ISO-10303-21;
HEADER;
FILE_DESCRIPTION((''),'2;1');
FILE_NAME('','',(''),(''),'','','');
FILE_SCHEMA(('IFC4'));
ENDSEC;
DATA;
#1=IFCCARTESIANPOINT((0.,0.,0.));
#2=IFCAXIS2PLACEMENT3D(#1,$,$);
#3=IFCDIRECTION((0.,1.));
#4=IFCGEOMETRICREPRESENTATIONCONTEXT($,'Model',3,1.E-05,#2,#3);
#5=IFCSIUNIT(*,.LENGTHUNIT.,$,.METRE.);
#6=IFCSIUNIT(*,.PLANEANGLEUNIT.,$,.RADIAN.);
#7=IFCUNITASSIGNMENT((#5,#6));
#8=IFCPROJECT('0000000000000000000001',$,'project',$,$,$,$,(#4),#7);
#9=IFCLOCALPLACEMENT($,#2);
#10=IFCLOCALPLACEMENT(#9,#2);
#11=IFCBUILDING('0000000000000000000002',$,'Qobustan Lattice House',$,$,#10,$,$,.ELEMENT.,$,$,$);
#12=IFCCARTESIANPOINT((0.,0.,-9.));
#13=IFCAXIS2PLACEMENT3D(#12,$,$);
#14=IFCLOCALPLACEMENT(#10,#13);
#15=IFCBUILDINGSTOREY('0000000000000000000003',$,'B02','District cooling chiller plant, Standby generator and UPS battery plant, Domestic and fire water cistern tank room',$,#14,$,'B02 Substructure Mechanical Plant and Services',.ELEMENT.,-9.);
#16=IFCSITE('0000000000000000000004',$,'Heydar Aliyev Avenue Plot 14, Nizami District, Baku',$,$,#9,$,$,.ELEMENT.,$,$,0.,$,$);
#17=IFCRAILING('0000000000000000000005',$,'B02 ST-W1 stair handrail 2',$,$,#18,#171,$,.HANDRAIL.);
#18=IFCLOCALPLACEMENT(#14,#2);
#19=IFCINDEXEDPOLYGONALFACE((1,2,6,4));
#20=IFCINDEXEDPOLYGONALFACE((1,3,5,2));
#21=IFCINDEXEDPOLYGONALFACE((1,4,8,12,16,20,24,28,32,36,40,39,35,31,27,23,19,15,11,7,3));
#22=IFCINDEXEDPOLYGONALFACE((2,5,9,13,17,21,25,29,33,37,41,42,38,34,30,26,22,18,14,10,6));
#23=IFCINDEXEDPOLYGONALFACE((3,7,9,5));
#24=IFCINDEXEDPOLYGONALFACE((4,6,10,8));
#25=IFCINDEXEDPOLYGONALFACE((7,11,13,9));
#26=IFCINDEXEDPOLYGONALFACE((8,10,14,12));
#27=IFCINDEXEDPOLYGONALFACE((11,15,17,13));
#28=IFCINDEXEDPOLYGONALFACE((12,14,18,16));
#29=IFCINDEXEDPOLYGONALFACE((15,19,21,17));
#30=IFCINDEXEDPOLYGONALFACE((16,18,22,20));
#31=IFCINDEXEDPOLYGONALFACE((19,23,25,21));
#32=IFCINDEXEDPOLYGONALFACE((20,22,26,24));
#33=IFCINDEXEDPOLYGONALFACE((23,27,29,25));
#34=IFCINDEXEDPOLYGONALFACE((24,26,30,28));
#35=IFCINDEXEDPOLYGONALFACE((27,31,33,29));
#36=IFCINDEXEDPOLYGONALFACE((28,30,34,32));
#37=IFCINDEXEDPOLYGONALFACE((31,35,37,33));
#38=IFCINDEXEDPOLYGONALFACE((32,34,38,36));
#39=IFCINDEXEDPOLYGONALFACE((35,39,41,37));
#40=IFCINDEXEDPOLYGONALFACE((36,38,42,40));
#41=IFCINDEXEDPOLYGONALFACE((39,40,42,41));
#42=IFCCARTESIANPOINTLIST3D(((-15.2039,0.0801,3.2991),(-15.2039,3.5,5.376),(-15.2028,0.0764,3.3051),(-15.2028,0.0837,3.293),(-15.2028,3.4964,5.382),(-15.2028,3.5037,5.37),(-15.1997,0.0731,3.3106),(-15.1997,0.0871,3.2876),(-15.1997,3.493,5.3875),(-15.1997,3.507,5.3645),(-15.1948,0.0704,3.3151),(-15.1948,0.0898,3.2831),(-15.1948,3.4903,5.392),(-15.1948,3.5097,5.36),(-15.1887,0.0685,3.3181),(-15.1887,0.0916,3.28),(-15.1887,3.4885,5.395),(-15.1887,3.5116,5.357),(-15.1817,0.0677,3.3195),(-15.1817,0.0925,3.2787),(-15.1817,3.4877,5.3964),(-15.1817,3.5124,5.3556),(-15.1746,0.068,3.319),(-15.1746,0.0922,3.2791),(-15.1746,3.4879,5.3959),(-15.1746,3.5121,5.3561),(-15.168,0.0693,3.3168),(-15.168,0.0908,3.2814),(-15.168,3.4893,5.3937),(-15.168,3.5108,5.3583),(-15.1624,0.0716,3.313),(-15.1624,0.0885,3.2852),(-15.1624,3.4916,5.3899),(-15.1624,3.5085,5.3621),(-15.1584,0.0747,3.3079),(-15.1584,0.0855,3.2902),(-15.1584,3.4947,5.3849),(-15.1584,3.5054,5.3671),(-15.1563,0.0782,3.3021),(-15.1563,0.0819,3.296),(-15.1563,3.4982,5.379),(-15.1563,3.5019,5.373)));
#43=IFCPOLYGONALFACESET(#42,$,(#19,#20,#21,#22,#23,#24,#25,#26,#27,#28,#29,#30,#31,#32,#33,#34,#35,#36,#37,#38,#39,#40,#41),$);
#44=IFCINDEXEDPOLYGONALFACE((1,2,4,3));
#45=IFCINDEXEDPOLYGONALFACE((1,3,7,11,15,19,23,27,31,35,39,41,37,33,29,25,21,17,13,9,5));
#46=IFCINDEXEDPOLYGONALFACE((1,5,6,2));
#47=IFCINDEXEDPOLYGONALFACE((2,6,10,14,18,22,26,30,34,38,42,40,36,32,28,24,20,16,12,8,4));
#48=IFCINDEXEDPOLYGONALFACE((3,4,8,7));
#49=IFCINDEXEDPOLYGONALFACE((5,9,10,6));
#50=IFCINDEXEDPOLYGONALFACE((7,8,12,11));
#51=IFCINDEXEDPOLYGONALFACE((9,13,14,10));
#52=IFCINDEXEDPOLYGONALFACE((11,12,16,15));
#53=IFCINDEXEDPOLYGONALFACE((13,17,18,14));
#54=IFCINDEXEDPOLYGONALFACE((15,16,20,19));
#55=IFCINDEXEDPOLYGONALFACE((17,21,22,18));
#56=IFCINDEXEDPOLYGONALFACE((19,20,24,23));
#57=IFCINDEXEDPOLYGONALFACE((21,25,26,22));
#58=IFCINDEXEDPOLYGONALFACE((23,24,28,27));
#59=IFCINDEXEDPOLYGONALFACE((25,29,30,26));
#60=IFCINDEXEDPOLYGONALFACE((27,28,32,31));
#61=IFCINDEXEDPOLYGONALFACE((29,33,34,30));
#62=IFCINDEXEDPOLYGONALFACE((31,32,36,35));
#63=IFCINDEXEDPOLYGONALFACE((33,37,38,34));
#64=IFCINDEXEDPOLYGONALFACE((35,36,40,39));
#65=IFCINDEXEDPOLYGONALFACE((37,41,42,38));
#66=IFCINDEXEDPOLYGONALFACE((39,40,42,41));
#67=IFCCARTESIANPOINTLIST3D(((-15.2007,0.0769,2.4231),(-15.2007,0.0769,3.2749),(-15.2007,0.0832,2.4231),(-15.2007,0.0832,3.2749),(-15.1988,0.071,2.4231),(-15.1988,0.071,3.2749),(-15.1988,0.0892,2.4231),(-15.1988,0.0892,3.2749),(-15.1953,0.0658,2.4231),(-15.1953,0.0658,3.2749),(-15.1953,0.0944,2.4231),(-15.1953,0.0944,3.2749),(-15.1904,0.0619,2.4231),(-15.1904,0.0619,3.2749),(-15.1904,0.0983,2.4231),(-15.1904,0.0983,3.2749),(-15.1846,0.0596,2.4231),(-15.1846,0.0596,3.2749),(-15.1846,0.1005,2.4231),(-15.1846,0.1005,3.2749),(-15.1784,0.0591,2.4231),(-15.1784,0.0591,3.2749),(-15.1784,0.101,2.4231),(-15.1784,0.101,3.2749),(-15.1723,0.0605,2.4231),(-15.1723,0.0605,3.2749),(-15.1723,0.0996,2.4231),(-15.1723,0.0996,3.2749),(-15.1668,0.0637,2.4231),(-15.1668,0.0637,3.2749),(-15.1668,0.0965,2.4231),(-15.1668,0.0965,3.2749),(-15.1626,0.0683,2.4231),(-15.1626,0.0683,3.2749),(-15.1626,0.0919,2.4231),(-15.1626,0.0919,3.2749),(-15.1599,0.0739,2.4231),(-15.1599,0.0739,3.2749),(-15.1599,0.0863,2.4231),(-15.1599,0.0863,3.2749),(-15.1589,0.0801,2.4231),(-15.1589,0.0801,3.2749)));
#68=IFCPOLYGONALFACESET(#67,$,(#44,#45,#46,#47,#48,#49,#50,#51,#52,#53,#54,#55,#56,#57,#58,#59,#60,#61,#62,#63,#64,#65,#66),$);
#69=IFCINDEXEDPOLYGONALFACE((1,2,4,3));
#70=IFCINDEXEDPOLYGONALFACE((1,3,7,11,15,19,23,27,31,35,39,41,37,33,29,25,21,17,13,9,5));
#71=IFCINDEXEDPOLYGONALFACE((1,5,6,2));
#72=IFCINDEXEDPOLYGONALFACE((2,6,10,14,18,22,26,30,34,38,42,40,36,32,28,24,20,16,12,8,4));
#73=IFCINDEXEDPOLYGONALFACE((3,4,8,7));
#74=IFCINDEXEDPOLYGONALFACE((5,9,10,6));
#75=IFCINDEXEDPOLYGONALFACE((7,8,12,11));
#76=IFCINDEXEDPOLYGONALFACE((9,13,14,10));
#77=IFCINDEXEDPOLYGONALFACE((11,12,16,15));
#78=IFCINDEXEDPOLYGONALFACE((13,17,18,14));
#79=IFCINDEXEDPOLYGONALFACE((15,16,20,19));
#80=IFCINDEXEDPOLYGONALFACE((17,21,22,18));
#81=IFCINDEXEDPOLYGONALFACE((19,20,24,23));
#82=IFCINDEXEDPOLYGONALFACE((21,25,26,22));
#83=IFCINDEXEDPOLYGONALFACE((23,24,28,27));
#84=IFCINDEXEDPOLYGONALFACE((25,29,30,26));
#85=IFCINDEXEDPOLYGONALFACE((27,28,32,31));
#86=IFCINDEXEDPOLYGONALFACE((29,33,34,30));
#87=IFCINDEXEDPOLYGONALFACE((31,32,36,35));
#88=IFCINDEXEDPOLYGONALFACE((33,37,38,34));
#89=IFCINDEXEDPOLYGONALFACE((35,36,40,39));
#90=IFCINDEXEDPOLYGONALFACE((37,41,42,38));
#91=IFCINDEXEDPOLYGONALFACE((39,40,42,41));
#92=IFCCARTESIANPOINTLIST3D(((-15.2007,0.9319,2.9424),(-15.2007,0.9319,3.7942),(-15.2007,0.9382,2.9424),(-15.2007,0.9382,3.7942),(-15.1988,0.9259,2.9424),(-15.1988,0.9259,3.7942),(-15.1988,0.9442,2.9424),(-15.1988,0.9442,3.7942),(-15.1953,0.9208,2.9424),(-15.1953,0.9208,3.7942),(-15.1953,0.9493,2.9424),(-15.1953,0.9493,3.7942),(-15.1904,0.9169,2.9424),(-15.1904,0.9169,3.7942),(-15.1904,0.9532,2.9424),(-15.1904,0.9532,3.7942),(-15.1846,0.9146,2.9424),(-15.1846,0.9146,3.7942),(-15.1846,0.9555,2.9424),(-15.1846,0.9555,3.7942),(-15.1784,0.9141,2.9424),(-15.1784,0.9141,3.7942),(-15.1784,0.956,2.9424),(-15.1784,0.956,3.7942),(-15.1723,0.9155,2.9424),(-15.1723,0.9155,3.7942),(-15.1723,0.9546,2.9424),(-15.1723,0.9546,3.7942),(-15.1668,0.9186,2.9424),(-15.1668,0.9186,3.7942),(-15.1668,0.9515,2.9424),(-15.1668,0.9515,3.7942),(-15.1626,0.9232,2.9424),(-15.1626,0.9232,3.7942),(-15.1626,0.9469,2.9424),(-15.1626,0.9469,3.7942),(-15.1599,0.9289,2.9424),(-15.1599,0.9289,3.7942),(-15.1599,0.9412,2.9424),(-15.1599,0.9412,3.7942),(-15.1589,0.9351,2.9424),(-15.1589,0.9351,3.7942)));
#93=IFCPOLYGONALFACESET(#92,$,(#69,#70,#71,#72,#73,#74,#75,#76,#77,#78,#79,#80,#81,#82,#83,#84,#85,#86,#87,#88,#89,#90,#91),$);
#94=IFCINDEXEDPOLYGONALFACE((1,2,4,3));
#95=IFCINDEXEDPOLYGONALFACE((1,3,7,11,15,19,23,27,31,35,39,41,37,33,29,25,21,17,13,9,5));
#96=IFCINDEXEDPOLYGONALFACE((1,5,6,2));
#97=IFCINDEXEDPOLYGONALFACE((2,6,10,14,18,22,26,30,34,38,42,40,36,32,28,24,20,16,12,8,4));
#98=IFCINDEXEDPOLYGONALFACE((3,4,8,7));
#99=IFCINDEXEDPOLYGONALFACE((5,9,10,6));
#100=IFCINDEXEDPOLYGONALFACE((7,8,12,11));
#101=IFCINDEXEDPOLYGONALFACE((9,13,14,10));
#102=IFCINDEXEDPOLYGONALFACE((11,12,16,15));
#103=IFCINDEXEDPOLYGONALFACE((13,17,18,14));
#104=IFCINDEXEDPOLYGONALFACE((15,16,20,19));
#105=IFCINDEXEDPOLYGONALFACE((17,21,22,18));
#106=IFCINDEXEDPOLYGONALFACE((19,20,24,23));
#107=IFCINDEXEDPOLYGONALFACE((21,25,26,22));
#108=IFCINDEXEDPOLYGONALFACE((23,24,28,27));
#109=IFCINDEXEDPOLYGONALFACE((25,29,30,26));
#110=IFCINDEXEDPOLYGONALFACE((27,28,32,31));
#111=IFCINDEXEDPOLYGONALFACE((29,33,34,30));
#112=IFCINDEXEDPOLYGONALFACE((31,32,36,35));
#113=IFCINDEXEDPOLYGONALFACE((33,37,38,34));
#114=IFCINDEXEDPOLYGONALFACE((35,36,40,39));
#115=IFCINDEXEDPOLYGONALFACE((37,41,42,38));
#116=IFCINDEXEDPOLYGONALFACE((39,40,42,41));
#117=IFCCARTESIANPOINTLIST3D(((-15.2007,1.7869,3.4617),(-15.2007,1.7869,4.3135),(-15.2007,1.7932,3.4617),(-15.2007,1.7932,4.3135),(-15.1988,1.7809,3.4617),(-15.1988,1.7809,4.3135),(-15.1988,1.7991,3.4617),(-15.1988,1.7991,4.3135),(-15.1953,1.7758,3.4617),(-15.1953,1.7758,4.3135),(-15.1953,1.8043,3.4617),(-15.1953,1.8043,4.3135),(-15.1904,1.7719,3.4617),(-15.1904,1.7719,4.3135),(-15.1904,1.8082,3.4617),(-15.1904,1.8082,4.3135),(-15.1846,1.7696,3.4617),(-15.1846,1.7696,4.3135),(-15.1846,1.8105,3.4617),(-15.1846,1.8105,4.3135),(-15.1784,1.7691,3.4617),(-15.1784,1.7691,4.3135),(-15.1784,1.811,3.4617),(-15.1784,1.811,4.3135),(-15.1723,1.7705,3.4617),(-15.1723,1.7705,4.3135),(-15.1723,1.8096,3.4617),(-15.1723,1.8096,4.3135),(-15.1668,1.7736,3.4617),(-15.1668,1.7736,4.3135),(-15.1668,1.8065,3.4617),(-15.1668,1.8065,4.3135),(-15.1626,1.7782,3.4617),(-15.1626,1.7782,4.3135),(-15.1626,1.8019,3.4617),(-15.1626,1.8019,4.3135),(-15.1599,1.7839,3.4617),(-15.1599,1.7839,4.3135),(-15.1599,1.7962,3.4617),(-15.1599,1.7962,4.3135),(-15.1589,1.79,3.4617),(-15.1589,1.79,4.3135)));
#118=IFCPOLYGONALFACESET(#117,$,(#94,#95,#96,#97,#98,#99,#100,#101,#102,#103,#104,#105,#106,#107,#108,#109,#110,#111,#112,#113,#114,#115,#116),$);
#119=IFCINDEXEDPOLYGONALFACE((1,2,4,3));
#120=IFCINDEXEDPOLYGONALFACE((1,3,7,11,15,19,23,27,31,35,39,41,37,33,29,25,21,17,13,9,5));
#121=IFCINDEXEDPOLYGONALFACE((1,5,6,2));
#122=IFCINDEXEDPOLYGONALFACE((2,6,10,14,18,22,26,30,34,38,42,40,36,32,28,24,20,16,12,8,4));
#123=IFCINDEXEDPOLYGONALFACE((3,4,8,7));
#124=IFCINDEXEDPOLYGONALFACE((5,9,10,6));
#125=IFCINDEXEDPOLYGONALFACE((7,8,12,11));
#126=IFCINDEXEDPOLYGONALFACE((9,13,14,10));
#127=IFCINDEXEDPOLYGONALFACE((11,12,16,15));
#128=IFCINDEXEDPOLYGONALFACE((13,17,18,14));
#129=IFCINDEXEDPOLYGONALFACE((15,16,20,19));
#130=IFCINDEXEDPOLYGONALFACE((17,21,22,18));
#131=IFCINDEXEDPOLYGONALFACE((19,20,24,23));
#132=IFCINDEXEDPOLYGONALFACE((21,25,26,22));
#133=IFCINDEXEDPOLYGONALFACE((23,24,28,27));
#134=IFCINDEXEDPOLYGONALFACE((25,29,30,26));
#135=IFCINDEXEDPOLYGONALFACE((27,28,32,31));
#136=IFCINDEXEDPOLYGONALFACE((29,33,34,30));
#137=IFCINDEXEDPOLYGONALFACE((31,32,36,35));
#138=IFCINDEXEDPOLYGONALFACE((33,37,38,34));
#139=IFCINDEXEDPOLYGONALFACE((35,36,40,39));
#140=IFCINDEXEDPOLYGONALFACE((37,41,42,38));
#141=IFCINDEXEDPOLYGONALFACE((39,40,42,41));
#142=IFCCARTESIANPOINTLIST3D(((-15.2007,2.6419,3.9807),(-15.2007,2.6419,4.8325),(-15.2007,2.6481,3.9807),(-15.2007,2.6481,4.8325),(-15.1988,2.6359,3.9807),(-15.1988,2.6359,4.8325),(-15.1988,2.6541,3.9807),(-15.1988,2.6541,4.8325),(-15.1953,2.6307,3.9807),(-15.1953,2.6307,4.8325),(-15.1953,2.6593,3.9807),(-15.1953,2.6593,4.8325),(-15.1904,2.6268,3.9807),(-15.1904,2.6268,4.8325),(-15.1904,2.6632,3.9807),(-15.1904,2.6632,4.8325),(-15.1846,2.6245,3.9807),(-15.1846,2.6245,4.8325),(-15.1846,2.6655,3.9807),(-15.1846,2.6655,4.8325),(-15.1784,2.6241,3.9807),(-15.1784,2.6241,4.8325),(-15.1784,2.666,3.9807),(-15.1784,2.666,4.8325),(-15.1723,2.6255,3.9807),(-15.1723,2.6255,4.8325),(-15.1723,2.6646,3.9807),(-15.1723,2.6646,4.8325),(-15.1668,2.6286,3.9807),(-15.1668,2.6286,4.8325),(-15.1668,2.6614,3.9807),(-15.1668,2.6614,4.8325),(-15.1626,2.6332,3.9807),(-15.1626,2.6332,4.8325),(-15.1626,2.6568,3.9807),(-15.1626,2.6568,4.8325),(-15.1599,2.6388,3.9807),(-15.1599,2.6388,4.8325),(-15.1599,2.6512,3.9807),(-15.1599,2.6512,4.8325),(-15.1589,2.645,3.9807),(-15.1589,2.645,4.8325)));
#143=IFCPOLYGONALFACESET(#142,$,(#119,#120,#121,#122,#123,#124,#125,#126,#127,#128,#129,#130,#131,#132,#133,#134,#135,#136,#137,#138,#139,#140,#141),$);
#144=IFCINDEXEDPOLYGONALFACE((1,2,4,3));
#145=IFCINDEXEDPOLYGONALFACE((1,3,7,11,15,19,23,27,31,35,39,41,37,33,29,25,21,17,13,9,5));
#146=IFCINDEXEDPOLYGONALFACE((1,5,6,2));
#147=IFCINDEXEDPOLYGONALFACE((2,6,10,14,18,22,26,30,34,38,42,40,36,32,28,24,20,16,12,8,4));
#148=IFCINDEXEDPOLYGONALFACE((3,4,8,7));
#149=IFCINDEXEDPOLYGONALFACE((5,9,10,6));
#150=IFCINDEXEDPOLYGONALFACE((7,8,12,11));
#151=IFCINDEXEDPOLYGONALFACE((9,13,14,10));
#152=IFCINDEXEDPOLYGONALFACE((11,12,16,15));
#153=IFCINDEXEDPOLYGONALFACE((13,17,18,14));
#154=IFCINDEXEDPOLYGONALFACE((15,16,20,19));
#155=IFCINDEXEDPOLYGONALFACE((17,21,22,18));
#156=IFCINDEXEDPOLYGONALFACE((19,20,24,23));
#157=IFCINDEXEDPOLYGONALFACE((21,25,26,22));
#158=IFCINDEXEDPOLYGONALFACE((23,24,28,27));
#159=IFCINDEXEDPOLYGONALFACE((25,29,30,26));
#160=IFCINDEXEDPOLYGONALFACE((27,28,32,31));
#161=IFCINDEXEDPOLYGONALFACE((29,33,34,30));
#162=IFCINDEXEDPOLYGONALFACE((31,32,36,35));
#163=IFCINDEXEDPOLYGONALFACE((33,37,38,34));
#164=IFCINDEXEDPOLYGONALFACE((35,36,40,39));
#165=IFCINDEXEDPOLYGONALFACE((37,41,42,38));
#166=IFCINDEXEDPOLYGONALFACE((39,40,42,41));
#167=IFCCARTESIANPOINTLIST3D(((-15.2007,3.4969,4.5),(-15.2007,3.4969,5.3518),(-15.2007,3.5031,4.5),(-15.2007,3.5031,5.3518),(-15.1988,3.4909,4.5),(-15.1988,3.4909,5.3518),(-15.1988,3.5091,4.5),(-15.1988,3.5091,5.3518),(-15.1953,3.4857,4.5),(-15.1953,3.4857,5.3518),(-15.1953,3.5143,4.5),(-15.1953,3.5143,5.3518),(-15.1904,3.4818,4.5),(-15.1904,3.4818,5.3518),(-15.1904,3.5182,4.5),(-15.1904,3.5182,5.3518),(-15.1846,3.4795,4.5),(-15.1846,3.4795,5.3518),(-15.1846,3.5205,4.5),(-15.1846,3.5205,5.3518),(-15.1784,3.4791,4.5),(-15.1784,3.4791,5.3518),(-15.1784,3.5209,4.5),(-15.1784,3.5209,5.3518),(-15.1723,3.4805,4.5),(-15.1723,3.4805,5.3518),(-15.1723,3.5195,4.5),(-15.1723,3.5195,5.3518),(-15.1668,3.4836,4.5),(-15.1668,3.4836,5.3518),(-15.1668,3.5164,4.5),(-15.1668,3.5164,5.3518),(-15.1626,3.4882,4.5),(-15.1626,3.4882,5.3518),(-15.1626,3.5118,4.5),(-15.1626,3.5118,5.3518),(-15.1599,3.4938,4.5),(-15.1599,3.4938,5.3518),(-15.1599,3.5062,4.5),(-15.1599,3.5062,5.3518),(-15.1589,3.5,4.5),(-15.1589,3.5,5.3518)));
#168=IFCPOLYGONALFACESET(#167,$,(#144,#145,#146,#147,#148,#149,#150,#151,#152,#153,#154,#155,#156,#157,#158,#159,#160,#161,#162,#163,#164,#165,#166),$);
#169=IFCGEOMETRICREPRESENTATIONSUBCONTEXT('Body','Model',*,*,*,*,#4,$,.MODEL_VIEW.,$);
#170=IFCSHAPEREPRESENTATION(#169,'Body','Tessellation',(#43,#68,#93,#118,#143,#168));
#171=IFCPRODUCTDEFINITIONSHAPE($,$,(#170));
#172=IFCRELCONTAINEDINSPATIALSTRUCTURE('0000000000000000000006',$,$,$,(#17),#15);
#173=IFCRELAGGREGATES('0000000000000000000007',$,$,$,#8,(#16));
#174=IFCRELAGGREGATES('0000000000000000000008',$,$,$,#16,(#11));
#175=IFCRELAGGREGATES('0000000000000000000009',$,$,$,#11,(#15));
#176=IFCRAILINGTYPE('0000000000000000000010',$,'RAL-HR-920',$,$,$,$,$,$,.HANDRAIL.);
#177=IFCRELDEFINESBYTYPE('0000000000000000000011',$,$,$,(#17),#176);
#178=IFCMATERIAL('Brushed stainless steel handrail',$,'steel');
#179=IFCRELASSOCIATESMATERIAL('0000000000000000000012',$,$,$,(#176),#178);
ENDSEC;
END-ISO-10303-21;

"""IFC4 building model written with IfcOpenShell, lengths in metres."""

from ifc_helpers import new_model, si_unit, direction, frame, origin, origin_2d, place, context, subcontext, project, spatial, circle, extrude, material, type_object, element, save


model = new_model("IFC4")

# Units and contexts
model_context = context("Model", 3, precision=1e-05, world=origin(), true_north=direction((0.0, 1.0)))
body_context = subcontext(model_context, "Body", "Model", "MODEL_VIEW")
ifc_project = project(units=[si_unit("LENGTHUNIT", "METRE"), si_unit("PLANEANGLEUNIT", "RADIAN")], contexts=[model_context])

# Site, building, storey
site_placement = place(None, origin())
site = spatial("IfcSite", under=ifc_project, at=site_placement, Name="Heydar Aliyev Avenue Plot 14, Nizami District, Baku", CompositionType="ELEMENT", RefElevation=0.0)
building_placement = place(site_placement, origin())
building = spatial("IfcBuilding", under=site, at=building_placement, Name="Qobustan Lattice House", CompositionType="ELEMENT")
storey_placement = place(building_placement, frame((0.0, 0.0, -9.0)))
storey = spatial("IfcBuildingStorey", under=building, at=storey_placement, Name="B02", Description="District cooling chiller plant, Standby generator and UPS battery plant, Domestic and fire water cistern tank room", LongName="B02 Substructure Mechanical Plant and Services", CompositionType="ELEMENT", Elevation=-9.0)

# Railing
ifc_material_1 = material(Name="Brushed stainless steel handrail", Category="steel")
railing_type_1 = type_object("IfcRailingType", Name="RAL-HR-920", PredefinedType="HANDRAIL", material=ifc_material_1)
railing_1_placement = place(storey_placement, frame((-15.1799, 0.0801, 2.4231)))
element("IfcRailing", 1, at=railing_1_placement, inside=storey, type_object=railing_type_1, Name="B02 ST-W1 stair handrail 2", PredefinedType="HANDRAIL", context=body_context, shape_type="SweptSolid", body=[
    extrude(circle(Radius=0.0239, at=origin_2d()), frame((0.0, 0.0, 0.876), z_axis=(0.0, 0.85473, 0.519074), x_axis=(-1.0, 0.0, 0.0)), (0.0, 0.0, 1.0), 4.0012),
    extrude(circle(Radius=0.021, at=origin_2d()), origin(), (0.0, 0.0, 1.0), 0.8518),
    extrude(circle(Radius=0.021, at=origin_2d()), frame((0.0, 0.855, 0.5193)), (0.0, 0.0, 1.0), 0.8518),
    extrude(circle(Radius=0.021, at=origin_2d()), frame((0.0, 1.71, 1.0386)), (0.0, 0.0, 1.0), 0.8518),
    extrude(circle(Radius=0.021, at=origin_2d()), frame((0.0, 2.5649, 1.5576)), (0.0, 0.0, 1.0), 0.8518),
    extrude(circle(Radius=0.021, at=origin_2d()), frame((0.0, 3.4199, 2.0769)), (0.0, 0.0, 1.0), 0.8518),
])

save(model, "model.ifc")
